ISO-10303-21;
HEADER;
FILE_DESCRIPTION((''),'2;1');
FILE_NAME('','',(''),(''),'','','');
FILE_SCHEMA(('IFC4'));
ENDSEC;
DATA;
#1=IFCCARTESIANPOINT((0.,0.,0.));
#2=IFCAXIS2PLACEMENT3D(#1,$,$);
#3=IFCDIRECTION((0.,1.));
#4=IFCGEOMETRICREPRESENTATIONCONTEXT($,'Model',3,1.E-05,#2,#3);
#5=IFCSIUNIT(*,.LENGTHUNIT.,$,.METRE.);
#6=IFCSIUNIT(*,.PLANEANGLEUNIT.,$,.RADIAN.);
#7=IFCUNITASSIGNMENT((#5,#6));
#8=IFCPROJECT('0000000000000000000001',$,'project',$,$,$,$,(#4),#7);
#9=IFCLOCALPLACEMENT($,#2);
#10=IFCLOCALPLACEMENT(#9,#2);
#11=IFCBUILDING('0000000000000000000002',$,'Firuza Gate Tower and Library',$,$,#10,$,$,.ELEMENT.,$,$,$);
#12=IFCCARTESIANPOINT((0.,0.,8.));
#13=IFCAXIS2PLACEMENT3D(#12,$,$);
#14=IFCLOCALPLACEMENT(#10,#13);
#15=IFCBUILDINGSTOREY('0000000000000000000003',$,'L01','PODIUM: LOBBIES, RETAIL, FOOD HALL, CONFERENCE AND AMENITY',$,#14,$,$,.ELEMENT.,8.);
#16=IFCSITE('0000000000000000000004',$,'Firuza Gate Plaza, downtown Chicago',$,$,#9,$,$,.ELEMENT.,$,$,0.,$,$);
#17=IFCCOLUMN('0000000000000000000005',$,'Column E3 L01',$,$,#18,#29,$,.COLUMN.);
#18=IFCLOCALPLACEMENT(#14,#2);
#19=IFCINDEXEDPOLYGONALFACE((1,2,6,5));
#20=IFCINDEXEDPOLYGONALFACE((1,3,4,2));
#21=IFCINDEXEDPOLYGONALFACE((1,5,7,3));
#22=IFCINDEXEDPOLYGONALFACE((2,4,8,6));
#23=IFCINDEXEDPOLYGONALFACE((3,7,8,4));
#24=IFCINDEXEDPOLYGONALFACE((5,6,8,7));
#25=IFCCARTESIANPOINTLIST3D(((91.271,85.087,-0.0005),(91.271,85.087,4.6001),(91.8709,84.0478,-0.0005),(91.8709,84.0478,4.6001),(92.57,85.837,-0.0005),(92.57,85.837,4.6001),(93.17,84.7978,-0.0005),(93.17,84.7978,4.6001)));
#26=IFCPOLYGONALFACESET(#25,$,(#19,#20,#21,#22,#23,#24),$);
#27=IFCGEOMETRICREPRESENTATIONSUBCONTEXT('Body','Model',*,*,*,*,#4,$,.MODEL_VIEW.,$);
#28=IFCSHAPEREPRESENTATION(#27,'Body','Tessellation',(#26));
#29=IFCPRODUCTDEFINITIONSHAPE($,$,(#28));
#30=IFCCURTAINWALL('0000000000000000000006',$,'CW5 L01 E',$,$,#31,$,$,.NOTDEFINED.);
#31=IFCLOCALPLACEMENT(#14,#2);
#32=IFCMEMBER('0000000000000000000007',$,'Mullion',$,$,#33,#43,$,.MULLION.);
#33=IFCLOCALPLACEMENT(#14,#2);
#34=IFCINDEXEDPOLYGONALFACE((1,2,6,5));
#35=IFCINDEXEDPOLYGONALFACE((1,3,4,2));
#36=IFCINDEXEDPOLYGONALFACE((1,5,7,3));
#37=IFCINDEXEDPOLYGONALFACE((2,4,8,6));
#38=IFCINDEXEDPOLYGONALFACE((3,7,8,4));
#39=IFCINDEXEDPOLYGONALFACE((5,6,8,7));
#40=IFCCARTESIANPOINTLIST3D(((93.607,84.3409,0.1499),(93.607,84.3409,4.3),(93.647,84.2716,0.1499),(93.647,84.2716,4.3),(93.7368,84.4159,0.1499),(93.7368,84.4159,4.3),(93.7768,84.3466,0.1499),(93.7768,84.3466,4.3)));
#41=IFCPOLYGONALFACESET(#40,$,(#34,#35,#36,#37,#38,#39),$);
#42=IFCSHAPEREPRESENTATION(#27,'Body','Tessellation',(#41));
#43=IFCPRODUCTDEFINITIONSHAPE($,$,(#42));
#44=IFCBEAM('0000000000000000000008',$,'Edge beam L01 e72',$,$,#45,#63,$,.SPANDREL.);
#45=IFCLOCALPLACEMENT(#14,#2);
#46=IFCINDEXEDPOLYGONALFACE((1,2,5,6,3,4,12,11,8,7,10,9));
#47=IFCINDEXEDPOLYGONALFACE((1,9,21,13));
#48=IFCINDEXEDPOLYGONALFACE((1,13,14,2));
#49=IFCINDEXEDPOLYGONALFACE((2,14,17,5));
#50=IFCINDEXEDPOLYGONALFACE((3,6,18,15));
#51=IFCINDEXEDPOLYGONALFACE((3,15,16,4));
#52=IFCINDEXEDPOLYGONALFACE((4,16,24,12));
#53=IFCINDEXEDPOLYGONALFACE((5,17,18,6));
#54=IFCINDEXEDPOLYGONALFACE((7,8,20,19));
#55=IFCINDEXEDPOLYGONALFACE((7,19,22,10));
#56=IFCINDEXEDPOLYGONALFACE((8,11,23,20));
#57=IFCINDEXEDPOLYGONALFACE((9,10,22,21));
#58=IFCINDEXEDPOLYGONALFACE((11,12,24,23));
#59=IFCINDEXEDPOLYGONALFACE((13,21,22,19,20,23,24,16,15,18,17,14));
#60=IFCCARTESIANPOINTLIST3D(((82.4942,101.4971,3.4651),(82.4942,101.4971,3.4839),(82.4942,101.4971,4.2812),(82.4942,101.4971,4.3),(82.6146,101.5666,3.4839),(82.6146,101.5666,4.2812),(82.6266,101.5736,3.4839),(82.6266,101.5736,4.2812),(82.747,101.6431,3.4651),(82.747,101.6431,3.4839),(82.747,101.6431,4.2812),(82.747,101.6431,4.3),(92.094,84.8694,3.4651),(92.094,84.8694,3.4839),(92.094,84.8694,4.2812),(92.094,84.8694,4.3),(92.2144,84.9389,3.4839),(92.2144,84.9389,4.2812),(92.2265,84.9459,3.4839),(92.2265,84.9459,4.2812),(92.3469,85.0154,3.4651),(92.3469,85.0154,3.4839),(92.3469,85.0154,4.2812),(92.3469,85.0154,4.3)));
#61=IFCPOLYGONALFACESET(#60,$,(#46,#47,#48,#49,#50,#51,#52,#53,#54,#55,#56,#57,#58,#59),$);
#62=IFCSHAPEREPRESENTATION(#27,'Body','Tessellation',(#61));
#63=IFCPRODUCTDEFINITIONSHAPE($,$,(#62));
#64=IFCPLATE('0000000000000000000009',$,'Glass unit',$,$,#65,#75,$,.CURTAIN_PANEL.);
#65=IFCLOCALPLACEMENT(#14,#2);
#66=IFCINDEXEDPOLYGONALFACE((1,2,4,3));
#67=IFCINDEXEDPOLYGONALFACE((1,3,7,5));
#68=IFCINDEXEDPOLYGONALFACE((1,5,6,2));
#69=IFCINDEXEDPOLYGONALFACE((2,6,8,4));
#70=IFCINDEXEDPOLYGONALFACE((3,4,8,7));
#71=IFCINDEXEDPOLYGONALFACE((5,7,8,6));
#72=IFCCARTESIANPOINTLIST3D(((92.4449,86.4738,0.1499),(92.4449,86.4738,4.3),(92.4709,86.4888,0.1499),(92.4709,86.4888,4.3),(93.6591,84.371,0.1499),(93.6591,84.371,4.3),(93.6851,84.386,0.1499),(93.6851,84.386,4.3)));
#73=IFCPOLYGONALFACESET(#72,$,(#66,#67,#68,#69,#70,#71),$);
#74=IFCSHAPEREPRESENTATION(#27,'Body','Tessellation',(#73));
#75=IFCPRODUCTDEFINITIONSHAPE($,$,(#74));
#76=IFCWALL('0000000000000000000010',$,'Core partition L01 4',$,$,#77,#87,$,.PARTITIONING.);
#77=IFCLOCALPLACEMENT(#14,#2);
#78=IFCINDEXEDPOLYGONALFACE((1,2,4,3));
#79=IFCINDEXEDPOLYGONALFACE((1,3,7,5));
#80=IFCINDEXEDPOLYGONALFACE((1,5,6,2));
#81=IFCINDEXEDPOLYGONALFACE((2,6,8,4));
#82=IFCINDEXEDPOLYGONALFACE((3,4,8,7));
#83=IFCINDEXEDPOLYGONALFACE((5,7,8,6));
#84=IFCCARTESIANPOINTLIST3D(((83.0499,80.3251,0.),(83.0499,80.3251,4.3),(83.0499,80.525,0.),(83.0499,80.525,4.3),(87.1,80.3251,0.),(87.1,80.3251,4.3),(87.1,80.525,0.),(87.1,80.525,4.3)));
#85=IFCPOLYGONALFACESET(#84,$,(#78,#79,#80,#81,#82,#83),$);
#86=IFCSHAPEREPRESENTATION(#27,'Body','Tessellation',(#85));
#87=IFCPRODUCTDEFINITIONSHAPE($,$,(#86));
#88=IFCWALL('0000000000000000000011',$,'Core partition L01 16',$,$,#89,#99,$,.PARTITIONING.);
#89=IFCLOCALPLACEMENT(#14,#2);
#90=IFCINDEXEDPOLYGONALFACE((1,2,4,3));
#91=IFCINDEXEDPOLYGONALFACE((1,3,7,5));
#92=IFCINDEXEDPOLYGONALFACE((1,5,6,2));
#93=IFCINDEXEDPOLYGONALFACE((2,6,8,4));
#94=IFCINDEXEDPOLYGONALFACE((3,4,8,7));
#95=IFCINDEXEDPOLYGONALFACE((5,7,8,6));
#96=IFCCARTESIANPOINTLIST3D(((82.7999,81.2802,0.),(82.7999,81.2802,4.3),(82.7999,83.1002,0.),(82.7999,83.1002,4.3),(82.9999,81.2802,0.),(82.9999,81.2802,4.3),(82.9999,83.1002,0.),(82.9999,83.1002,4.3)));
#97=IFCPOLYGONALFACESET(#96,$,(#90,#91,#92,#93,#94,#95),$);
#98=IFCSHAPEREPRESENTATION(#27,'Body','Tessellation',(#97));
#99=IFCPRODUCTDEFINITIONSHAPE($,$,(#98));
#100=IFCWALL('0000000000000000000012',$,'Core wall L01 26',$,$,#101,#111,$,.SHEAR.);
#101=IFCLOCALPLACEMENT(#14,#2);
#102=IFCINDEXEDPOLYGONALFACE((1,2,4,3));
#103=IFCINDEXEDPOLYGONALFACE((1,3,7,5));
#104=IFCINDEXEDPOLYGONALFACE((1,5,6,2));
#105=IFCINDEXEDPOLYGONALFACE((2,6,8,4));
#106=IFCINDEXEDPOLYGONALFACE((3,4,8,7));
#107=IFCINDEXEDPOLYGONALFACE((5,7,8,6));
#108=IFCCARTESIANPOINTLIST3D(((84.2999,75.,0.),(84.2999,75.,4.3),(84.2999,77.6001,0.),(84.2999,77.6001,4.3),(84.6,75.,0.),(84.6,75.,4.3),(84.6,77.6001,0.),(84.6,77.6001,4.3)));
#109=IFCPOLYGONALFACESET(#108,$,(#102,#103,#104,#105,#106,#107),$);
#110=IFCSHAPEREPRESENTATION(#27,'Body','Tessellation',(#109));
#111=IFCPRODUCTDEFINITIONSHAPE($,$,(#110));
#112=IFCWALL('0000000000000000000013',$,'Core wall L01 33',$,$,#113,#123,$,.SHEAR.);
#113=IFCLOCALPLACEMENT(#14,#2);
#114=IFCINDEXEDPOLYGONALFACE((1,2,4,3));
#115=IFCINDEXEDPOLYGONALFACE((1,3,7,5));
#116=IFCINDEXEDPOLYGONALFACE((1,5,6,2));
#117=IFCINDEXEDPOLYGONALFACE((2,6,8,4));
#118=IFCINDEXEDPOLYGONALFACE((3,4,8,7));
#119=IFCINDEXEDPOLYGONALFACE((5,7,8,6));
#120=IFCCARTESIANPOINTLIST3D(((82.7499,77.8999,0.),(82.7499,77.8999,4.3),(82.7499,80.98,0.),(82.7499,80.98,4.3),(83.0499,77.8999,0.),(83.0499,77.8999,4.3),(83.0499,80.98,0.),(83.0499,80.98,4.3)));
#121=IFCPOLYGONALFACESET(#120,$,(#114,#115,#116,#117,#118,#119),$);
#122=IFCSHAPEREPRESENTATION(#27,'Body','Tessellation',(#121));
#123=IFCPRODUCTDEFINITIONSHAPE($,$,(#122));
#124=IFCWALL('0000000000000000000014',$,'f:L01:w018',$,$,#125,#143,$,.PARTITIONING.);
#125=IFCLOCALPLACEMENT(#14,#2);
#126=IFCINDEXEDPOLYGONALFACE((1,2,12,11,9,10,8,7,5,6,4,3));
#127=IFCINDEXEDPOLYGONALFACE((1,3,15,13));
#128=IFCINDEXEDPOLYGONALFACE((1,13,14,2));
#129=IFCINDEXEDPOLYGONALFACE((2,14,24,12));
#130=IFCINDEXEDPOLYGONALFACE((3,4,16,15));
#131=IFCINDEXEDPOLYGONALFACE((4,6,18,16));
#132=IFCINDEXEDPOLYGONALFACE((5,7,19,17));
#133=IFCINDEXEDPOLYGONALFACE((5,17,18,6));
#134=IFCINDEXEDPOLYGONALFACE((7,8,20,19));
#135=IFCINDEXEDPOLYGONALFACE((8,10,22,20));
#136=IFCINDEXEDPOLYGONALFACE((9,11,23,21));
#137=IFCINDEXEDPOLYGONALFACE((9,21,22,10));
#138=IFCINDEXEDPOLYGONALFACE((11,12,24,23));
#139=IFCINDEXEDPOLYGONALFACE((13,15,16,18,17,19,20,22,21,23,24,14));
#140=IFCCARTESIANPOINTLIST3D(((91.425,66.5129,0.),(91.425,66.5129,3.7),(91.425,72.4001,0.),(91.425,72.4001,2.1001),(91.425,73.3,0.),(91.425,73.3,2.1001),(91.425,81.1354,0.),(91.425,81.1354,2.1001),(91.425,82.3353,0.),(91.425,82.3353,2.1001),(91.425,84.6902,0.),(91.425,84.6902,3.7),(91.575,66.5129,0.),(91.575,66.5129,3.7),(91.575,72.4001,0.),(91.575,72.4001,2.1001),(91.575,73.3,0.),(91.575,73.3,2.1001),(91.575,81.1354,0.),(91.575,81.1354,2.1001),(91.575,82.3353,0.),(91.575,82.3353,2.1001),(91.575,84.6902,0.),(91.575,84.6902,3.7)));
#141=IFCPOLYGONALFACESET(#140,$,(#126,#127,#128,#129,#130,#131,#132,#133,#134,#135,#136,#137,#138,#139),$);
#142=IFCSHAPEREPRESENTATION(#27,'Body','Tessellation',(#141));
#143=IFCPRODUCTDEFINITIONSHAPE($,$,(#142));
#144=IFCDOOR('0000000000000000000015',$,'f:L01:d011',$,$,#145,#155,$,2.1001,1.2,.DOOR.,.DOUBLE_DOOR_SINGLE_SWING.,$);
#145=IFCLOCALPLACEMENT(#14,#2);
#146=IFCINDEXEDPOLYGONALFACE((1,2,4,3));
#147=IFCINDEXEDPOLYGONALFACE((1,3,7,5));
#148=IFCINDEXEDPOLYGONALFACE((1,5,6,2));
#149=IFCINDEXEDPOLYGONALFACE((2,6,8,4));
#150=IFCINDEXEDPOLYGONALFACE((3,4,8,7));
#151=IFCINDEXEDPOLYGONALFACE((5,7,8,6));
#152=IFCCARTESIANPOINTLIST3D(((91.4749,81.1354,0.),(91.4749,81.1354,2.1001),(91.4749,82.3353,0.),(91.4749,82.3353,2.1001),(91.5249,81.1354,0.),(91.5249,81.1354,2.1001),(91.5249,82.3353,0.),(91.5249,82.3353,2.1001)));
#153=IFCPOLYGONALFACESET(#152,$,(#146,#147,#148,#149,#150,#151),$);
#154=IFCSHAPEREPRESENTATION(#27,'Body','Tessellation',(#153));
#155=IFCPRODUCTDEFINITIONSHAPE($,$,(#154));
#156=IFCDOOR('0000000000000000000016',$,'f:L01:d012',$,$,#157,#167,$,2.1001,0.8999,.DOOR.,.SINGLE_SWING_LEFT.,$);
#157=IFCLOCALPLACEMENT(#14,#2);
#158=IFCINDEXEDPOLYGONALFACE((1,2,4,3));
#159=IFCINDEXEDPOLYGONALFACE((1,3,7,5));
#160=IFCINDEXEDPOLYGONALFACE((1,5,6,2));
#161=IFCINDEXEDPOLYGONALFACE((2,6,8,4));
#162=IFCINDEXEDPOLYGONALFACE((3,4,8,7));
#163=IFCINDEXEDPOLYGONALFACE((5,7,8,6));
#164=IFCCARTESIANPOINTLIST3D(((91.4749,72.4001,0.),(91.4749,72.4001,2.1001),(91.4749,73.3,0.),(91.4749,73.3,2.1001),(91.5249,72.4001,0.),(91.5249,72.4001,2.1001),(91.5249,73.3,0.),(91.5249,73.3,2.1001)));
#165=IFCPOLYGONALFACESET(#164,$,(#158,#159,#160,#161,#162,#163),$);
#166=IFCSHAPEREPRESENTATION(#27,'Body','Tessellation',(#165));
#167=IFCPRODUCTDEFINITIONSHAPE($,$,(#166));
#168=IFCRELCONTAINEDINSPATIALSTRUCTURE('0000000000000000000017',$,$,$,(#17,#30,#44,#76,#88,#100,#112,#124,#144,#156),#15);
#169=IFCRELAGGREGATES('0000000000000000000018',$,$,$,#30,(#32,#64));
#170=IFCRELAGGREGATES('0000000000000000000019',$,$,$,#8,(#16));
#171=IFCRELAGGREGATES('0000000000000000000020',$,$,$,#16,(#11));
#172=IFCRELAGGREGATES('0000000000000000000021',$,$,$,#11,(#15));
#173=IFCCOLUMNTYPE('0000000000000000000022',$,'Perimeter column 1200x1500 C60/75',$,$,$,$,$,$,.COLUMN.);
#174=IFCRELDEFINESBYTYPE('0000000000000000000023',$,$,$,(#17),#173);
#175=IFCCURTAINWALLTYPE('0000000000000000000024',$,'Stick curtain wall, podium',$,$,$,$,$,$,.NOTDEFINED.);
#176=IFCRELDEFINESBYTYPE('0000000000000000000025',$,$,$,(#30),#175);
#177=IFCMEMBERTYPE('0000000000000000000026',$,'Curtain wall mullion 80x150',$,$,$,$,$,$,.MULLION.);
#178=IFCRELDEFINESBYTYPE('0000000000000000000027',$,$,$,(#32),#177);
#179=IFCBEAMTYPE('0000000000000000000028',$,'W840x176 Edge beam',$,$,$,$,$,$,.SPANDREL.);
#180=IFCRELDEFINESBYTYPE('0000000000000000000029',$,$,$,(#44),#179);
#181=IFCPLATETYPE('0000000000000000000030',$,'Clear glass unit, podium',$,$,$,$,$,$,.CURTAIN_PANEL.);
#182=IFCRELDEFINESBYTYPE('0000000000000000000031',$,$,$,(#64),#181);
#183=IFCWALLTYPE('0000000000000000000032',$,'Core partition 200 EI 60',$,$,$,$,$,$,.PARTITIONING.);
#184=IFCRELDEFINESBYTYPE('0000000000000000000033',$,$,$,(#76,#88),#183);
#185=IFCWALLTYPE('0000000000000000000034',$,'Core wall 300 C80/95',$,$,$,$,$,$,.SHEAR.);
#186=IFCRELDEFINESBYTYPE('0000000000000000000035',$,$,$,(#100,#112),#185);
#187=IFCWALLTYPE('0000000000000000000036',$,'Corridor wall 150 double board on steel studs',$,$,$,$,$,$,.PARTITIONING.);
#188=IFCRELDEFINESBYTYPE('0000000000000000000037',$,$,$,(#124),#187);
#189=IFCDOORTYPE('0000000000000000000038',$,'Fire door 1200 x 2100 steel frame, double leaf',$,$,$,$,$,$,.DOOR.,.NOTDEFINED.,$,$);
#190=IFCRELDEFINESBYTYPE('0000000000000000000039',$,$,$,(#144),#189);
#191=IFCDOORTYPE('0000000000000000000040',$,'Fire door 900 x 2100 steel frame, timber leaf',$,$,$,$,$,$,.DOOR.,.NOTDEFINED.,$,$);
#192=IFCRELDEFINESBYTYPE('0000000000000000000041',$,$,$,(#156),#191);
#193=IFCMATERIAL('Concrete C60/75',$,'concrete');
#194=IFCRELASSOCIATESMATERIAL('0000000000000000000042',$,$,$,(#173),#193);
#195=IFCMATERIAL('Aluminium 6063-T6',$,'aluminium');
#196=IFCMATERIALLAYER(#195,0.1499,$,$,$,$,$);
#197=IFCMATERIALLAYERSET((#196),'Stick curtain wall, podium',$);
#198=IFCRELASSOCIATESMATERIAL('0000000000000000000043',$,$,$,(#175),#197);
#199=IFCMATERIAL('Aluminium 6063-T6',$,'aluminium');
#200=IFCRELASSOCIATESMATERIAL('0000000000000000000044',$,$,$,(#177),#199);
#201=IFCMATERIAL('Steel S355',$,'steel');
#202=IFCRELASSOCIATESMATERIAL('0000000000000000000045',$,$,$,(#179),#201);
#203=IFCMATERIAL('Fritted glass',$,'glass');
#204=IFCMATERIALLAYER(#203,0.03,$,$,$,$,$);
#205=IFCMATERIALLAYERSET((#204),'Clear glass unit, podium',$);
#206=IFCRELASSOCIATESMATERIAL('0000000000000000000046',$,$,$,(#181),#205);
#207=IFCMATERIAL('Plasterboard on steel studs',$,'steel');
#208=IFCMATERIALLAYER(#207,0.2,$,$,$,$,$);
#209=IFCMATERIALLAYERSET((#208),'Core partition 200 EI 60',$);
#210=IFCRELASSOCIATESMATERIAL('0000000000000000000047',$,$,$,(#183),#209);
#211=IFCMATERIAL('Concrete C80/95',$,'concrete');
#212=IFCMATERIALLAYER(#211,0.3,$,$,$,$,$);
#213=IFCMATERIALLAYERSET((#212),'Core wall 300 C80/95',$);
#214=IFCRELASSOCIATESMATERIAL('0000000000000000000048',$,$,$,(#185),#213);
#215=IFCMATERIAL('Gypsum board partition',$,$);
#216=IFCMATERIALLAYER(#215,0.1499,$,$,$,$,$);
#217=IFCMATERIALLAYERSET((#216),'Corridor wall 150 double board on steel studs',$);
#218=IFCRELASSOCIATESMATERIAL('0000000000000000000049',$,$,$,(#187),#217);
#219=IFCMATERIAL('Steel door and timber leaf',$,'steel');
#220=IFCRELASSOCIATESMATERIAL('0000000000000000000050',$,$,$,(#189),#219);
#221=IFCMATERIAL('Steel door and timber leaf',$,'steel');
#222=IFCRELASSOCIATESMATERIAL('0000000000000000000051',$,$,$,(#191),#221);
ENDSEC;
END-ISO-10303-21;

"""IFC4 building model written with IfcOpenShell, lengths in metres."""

from ifc_helpers import new_model, si_unit, direction, frame, frame_2d, origin, origin_2d, place, context, subcontext, project, spatial, polyline, rectangle, i_section, outline, extrude, material, layer, layer_set, material_profile, profile_set, type_object, element, fill, aggregate, save


model = new_model("IFC4")

# Units and contexts
model_context = context("Model", 3, precision=1e-05, world=origin(), true_north=direction((0.0, 1.0)))
body_context = subcontext(model_context, "Body", "Model", "MODEL_VIEW")
ifc_project = project(units=[si_unit("LENGTHUNIT", "METRE"), si_unit("PLANEANGLEUNIT", "RADIAN")], contexts=[model_context])

# Site, building, storey
site_placement = place(None, origin())
site = spatial("IfcSite", under=ifc_project, at=site_placement, Name="Firuza Gate Plaza, downtown Chicago", CompositionType="ELEMENT", RefElevation=0.0)
building_placement = place(site_placement, origin())
building = spatial("IfcBuilding", under=site, at=building_placement, Name="Firuza Gate Tower and Library", CompositionType="ELEMENT")
storey_placement = place(building_placement, frame((0.0, 0.0, 8.0)))
storey = spatial("IfcBuildingStorey", under=building, at=storey_placement, Name="L01", Description="PODIUM: LOBBIES, RETAIL, FOOD HALL, CONFERENCE AND AMENITY", CompositionType="ELEMENT", Elevation=8.0)

# Column
ifc_material_1 = material(Name="Concrete C60/75", Category="concrete")
ifc_material_profile_1 = material_profile(ifc_material_1, rectangle(XDim=1.2, YDim=1.5, at=origin_2d()))
ifc_profile_set_1 = profile_set([ifc_material_profile_1], Name="Concrete C60/75")
column_type = type_object("IfcColumnType", Name="Perimeter column 1200x1500 C60/75", PredefinedType="COLUMN", material=ifc_profile_set_1)
column_placement = place(storey_placement, frame((92.2205, 84.9424, -0.0005), z_axis=(0.0, 0.0, 1.0), x_axis=(-0.5, 0.866025, 0.0)))
element("IfcColumn", 1, at=column_placement, inside=storey, type_object=column_type, Name="Column E3 L01", PredefinedType="COLUMN", context=body_context, shape_type="SweptSolid", body=[
    extrude(rectangle(XDim=1.2, YDim=1.5, at=origin_2d()), origin(), (0.0, 0.0, 1.0), 4.6006),
])

# Curtain wall, member
ifc_material_2 = material(Name="Aluminium 6063-T6", Category="aluminium")
ifc_layer_1 = layer(ifc_material_2, 0.1499)
ifc_layer_set_1 = layer_set([ifc_layer_1], Name="Stick curtain wall, podium")
curtain_wall_type = type_object("IfcCurtainWallType", Name="Stick curtain wall, podium", PredefinedType="NOTDEFINED", material=ifc_layer_set_1)
curtain_wall_placement = place(storey_placement, origin())
curtain_wall = element("IfcCurtainWall", 2, at=curtain_wall_placement, inside=storey, type_object=curtain_wall_type, Name="CW5 L01 E", PredefinedType="NOTDEFINED")
ifc_material_3 = material(Name="Aluminium 6063-T6", Category="aluminium")
ifc_material_profile_2 = material_profile(ifc_material_3, rectangle(XDim=0.1499, YDim=0.0801, at=origin_2d()))
ifc_profile_set_2 = profile_set([ifc_material_profile_2], Name="Aluminium 6063-T6")
member_type = type_object("IfcMemberType", Name="Curtain wall mullion 80x150", PredefinedType="MULLION", material=ifc_profile_set_2)
member_placement = place(storey_placement, frame((93.6919, 84.3438, 0.1499), z_axis=(0.0, 0.0, 1.0), x_axis=(-0.866025, -0.5, 0.0)))
member = element("IfcMember", 3, at=member_placement, type_object=member_type, Name="Mullion", PredefinedType="MULLION", context=body_context, shape_type="SweptSolid", body=[
    extrude(rectangle(XDim=0.1499, YDim=0.0801, at=origin_2d()), origin(), (0.0, 0.0, 1.0), 4.1501),
])

# Beam
ifc_material_4 = material(Name="Steel S355", Category="steel")
ifc_material_profile_3 = material_profile(ifc_material_4, i_section(OverallWidth=0.292, OverallDepth=0.835, WebThickness=0.0139, FlangeThickness=0.0188, at=origin_2d()))
ifc_profile_set_3 = profile_set([ifc_material_profile_3], Name="Steel S355")
beam_type = type_object("IfcBeamType", Name="W840x176 Edge beam", PredefinedType="SPANDREL", material=ifc_profile_set_3)
beam_placement = place(storey_placement, frame((92.2205, 84.9424, 3.8826), z_axis=(-0.499994, 0.866029, 0.0), x_axis=(-0.866029, -0.499994, 0.0)))
element("IfcBeam", 4, at=beam_placement, inside=storey, type_object=beam_type, Name="Edge beam L01 e72", PredefinedType="SPANDREL", context=body_context, shape_type="SweptSolid", body=[
    extrude(i_section(OverallWidth=0.292, OverallDepth=0.835, WebThickness=0.0139, FlangeThickness=0.0188, at=origin_2d()), origin(), (0.0, 0.0, 1.0), 19.2),
])

# Plate
ifc_material_5 = material(Name="Fritted glass", Category="glass")
ifc_layer_2 = layer(ifc_material_5, 0.03)
ifc_layer_set_2 = layer_set([ifc_layer_2], Name="Clear glass unit, podium")
plate_type = type_object("IfcPlateType", Name="Clear glass unit, podium", PredefinedType="CURTAIN_PANEL", material=ifc_layer_set_2)
plate_placement = place(storey_placement, frame((93.6851, 84.386, 0.1499), z_axis=(0.866013, 0.500021, 0.0), x_axis=(-0.500021, 0.866013, 0.0)))
plate = element("IfcPlate", 5, at=plate_placement, type_object=plate_type, Name="Glass unit", PredefinedType="CURTAIN_PANEL", context=body_context, shape_type="SweptSolid", body=[
    extrude(outline(polyline([(0.0, 0.0), (2.4281, 0.0), (2.4281, 4.1501), (0.0, 4.1501), (0.0, 0.0)])), origin(), (0.0, 0.0, -1.0), 0.03),
])
aggregate(curtain_wall, [member, plate])

# Walls
ifc_material_6 = material(Name="Plasterboard on steel studs", Category="steel")
ifc_layer_3 = layer(ifc_material_6, 0.2)
ifc_layer_set_3 = layer_set([ifc_layer_3], Name="Core partition 200 EI 60")
wall_type_1 = type_object("IfcWallType", Name="Core partition 200 EI 60", PredefinedType="PARTITIONING", material=ifc_layer_set_3)
wall_1_placement = place(storey_placement, frame((83.05, 80.425, 0.0), z_axis=(0.0, 0.0, 1.0), x_axis=(1.0, 0.0, 0.0)))
element("IfcWall", 6, at=wall_1_placement, inside=storey, type_object=wall_type_1, Name="Core partition L01 4", PredefinedType="PARTITIONING", context=body_context, shape_type="SweptSolid", body=[
    extrude(rectangle(XDim=4.05, YDim=0.2, at=frame_2d((2.0249, 0.0))), origin(), (0.0, 0.0, 1.0), 4.3),
])
wall_2_placement = place(storey_placement, frame((82.8999, 81.28, 0.0), z_axis=(0.0, 0.0, 1.0), x_axis=(0.0, 1.0, 0.0)))
element("IfcWall", 7, at=wall_2_placement, inside=storey, type_object=wall_type_1, Name="Core partition L01 16", PredefinedType="PARTITIONING", context=body_context, shape_type="SweptSolid", body=[
    extrude(rectangle(XDim=1.8201, YDim=0.2, at=frame_2d((0.9102, 0.0))), origin(), (0.0, 0.0, 1.0), 4.3),
])
ifc_material_7 = material(Name="Concrete C80/95", Category="concrete")
ifc_layer_4 = layer(ifc_material_7, 0.3)
ifc_layer_set_4 = layer_set([ifc_layer_4], Name="Core wall 300 C80/95")
wall_type_2 = type_object("IfcWallType", Name="Core wall 300 C80/95", PredefinedType="SHEAR", material=ifc_layer_set_4)
wall_3_placement = place(storey_placement, frame((84.45, 75.0, 0.0), z_axis=(0.0, 0.0, 1.0), x_axis=(0.0, 1.0, 0.0)))
element("IfcWall", 8, at=wall_3_placement, inside=storey, type_object=wall_type_2, Name="Core wall L01 26", PredefinedType="SHEAR", context=body_context, shape_type="SweptSolid", body=[
    extrude(rectangle(XDim=2.6001, YDim=0.3, at=frame_2d((1.3, 0.0))), origin(), (0.0, 0.0, 1.0), 4.3),
])
wall_4_placement = place(storey_placement, frame((82.8999, 77.8999, 0.0), z_axis=(0.0, 0.0, 1.0), x_axis=(0.0, 1.0, 0.0)))
element("IfcWall", 9, at=wall_4_placement, inside=storey, type_object=wall_type_2, Name="Core wall L01 33", PredefinedType="SHEAR", context=body_context, shape_type="SweptSolid", body=[
    extrude(rectangle(XDim=3.0801, YDim=0.3, at=frame_2d((1.54, 0.0))), origin(), (0.0, 0.0, 1.0), 4.3),
])

# Wall, openings, doors
ifc_material_8 = material(Name="Gypsum board partition")
ifc_layer_5 = layer(ifc_material_8, 0.1499)
ifc_layer_set_5 = layer_set([ifc_layer_5], Name="Corridor wall 150 double board on steel studs")
wall_type_3 = type_object("IfcWallType", Name="Corridor wall 150 double board on steel studs", PredefinedType="PARTITIONING", material=ifc_layer_set_5)
wall_5_placement = place(storey_placement, frame((91.5, 84.6902, 0.0), z_axis=(0.0, 0.0, 1.0), x_axis=(0.0, -1.0, 0.0)))
wall_5 = element("IfcWall", 10, at=wall_5_placement, inside=storey, type_object=wall_type_3, Name="f:L01:w018", PredefinedType="PARTITIONING", context=body_context, shape_type="SweptSolid", body=[
    extrude(rectangle(XDim=18.1772, YDim=0.1499, at=frame_2d((9.0886, 0.0))), origin(), (0.0, 0.0, 1.0), 3.7),
])
opening_1_placement = place(wall_5_placement, frame((2.3547, 0.0, 0.0)))
opening_1 = element("IfcOpeningElement", 11, at=opening_1_placement, cuts=wall_5, PredefinedType="OPENING", context=body_context, shape_type="SweptSolid", body=[
    extrude(rectangle(XDim=1.2, YDim=2.1001, at=frame_2d((0.6001, 1.05))), frame((0.0, 0.085, 0.0), z_axis=(0.0, -1.0, 0.0), x_axis=(1.0, 0.0, 0.0)), (0.0, 0.0, 1.0), 0.1699),
])
opening_2_placement = place(wall_5_placement, frame((11.3901, 0.0, 0.0)))
opening_2 = element("IfcOpeningElement", 12, at=opening_2_placement, cuts=wall_5, PredefinedType="OPENING", context=body_context, shape_type="SweptSolid", body=[
    extrude(rectangle(XDim=0.8999, YDim=2.1001, at=frame_2d((0.45, 1.05))), frame((0.0, 0.085, 0.0), z_axis=(0.0, -1.0, 0.0), x_axis=(1.0, 0.0, 0.0)), (0.0, 0.0, 1.0), 0.1699),
])
ifc_material_9 = material(Name="Steel door and timber leaf", Category="steel")
door_type_1 = type_object("IfcDoorType", Name="Fire door 1200 x 2100 steel frame, double leaf", OperationType="NOTDEFINED", PredefinedType="DOOR", material=ifc_material_9)
door_1_placement = place(opening_1_placement, origin())
door_1 = element("IfcDoor", 13, at=door_1_placement, inside=storey, type_object=door_type_1, Name="f:L01:d011", OperationType="DOUBLE_DOOR_SINGLE_SWING", OverallHeight=2.1001, OverallWidth=1.2, PredefinedType="DOOR", context=body_context, shape_type="SweptSolid", body=[
    extrude(rectangle(XDim=1.2, YDim=2.1001, at=frame_2d((0.6001, 1.05))), frame((0.0, 0.0249, 0.0), z_axis=(0.0, -1.0, 0.0), x_axis=(1.0, 0.0, 0.0)), (0.0, 0.0, 1.0), 0.05),
])
fill(opening_1, door_1)
ifc_material_10 = material(Name="Steel door and timber leaf", Category="steel")
door_type_2 = type_object("IfcDoorType", Name="Fire door 900 x 2100 steel frame, timber leaf", OperationType="NOTDEFINED", PredefinedType="DOOR", material=ifc_material_10)
door_2_placement = place(opening_2_placement, origin())
door_2 = element("IfcDoor", 14, at=door_2_placement, inside=storey, type_object=door_type_2, Name="f:L01:d012", OperationType="SINGLE_SWING_LEFT", OverallHeight=2.1001, OverallWidth=0.8999, PredefinedType="DOOR", context=body_context, shape_type="SweptSolid", body=[
    extrude(rectangle(XDim=0.8999, YDim=2.1001, at=frame_2d((0.45, 1.05))), frame((0.0, 0.0249, 0.0), z_axis=(0.0, -1.0, 0.0), x_axis=(1.0, 0.0, 0.0)), (0.0, 0.0, 1.0), 0.05),
])
fill(opening_2, door_2)

save(model, "model.ifc")
